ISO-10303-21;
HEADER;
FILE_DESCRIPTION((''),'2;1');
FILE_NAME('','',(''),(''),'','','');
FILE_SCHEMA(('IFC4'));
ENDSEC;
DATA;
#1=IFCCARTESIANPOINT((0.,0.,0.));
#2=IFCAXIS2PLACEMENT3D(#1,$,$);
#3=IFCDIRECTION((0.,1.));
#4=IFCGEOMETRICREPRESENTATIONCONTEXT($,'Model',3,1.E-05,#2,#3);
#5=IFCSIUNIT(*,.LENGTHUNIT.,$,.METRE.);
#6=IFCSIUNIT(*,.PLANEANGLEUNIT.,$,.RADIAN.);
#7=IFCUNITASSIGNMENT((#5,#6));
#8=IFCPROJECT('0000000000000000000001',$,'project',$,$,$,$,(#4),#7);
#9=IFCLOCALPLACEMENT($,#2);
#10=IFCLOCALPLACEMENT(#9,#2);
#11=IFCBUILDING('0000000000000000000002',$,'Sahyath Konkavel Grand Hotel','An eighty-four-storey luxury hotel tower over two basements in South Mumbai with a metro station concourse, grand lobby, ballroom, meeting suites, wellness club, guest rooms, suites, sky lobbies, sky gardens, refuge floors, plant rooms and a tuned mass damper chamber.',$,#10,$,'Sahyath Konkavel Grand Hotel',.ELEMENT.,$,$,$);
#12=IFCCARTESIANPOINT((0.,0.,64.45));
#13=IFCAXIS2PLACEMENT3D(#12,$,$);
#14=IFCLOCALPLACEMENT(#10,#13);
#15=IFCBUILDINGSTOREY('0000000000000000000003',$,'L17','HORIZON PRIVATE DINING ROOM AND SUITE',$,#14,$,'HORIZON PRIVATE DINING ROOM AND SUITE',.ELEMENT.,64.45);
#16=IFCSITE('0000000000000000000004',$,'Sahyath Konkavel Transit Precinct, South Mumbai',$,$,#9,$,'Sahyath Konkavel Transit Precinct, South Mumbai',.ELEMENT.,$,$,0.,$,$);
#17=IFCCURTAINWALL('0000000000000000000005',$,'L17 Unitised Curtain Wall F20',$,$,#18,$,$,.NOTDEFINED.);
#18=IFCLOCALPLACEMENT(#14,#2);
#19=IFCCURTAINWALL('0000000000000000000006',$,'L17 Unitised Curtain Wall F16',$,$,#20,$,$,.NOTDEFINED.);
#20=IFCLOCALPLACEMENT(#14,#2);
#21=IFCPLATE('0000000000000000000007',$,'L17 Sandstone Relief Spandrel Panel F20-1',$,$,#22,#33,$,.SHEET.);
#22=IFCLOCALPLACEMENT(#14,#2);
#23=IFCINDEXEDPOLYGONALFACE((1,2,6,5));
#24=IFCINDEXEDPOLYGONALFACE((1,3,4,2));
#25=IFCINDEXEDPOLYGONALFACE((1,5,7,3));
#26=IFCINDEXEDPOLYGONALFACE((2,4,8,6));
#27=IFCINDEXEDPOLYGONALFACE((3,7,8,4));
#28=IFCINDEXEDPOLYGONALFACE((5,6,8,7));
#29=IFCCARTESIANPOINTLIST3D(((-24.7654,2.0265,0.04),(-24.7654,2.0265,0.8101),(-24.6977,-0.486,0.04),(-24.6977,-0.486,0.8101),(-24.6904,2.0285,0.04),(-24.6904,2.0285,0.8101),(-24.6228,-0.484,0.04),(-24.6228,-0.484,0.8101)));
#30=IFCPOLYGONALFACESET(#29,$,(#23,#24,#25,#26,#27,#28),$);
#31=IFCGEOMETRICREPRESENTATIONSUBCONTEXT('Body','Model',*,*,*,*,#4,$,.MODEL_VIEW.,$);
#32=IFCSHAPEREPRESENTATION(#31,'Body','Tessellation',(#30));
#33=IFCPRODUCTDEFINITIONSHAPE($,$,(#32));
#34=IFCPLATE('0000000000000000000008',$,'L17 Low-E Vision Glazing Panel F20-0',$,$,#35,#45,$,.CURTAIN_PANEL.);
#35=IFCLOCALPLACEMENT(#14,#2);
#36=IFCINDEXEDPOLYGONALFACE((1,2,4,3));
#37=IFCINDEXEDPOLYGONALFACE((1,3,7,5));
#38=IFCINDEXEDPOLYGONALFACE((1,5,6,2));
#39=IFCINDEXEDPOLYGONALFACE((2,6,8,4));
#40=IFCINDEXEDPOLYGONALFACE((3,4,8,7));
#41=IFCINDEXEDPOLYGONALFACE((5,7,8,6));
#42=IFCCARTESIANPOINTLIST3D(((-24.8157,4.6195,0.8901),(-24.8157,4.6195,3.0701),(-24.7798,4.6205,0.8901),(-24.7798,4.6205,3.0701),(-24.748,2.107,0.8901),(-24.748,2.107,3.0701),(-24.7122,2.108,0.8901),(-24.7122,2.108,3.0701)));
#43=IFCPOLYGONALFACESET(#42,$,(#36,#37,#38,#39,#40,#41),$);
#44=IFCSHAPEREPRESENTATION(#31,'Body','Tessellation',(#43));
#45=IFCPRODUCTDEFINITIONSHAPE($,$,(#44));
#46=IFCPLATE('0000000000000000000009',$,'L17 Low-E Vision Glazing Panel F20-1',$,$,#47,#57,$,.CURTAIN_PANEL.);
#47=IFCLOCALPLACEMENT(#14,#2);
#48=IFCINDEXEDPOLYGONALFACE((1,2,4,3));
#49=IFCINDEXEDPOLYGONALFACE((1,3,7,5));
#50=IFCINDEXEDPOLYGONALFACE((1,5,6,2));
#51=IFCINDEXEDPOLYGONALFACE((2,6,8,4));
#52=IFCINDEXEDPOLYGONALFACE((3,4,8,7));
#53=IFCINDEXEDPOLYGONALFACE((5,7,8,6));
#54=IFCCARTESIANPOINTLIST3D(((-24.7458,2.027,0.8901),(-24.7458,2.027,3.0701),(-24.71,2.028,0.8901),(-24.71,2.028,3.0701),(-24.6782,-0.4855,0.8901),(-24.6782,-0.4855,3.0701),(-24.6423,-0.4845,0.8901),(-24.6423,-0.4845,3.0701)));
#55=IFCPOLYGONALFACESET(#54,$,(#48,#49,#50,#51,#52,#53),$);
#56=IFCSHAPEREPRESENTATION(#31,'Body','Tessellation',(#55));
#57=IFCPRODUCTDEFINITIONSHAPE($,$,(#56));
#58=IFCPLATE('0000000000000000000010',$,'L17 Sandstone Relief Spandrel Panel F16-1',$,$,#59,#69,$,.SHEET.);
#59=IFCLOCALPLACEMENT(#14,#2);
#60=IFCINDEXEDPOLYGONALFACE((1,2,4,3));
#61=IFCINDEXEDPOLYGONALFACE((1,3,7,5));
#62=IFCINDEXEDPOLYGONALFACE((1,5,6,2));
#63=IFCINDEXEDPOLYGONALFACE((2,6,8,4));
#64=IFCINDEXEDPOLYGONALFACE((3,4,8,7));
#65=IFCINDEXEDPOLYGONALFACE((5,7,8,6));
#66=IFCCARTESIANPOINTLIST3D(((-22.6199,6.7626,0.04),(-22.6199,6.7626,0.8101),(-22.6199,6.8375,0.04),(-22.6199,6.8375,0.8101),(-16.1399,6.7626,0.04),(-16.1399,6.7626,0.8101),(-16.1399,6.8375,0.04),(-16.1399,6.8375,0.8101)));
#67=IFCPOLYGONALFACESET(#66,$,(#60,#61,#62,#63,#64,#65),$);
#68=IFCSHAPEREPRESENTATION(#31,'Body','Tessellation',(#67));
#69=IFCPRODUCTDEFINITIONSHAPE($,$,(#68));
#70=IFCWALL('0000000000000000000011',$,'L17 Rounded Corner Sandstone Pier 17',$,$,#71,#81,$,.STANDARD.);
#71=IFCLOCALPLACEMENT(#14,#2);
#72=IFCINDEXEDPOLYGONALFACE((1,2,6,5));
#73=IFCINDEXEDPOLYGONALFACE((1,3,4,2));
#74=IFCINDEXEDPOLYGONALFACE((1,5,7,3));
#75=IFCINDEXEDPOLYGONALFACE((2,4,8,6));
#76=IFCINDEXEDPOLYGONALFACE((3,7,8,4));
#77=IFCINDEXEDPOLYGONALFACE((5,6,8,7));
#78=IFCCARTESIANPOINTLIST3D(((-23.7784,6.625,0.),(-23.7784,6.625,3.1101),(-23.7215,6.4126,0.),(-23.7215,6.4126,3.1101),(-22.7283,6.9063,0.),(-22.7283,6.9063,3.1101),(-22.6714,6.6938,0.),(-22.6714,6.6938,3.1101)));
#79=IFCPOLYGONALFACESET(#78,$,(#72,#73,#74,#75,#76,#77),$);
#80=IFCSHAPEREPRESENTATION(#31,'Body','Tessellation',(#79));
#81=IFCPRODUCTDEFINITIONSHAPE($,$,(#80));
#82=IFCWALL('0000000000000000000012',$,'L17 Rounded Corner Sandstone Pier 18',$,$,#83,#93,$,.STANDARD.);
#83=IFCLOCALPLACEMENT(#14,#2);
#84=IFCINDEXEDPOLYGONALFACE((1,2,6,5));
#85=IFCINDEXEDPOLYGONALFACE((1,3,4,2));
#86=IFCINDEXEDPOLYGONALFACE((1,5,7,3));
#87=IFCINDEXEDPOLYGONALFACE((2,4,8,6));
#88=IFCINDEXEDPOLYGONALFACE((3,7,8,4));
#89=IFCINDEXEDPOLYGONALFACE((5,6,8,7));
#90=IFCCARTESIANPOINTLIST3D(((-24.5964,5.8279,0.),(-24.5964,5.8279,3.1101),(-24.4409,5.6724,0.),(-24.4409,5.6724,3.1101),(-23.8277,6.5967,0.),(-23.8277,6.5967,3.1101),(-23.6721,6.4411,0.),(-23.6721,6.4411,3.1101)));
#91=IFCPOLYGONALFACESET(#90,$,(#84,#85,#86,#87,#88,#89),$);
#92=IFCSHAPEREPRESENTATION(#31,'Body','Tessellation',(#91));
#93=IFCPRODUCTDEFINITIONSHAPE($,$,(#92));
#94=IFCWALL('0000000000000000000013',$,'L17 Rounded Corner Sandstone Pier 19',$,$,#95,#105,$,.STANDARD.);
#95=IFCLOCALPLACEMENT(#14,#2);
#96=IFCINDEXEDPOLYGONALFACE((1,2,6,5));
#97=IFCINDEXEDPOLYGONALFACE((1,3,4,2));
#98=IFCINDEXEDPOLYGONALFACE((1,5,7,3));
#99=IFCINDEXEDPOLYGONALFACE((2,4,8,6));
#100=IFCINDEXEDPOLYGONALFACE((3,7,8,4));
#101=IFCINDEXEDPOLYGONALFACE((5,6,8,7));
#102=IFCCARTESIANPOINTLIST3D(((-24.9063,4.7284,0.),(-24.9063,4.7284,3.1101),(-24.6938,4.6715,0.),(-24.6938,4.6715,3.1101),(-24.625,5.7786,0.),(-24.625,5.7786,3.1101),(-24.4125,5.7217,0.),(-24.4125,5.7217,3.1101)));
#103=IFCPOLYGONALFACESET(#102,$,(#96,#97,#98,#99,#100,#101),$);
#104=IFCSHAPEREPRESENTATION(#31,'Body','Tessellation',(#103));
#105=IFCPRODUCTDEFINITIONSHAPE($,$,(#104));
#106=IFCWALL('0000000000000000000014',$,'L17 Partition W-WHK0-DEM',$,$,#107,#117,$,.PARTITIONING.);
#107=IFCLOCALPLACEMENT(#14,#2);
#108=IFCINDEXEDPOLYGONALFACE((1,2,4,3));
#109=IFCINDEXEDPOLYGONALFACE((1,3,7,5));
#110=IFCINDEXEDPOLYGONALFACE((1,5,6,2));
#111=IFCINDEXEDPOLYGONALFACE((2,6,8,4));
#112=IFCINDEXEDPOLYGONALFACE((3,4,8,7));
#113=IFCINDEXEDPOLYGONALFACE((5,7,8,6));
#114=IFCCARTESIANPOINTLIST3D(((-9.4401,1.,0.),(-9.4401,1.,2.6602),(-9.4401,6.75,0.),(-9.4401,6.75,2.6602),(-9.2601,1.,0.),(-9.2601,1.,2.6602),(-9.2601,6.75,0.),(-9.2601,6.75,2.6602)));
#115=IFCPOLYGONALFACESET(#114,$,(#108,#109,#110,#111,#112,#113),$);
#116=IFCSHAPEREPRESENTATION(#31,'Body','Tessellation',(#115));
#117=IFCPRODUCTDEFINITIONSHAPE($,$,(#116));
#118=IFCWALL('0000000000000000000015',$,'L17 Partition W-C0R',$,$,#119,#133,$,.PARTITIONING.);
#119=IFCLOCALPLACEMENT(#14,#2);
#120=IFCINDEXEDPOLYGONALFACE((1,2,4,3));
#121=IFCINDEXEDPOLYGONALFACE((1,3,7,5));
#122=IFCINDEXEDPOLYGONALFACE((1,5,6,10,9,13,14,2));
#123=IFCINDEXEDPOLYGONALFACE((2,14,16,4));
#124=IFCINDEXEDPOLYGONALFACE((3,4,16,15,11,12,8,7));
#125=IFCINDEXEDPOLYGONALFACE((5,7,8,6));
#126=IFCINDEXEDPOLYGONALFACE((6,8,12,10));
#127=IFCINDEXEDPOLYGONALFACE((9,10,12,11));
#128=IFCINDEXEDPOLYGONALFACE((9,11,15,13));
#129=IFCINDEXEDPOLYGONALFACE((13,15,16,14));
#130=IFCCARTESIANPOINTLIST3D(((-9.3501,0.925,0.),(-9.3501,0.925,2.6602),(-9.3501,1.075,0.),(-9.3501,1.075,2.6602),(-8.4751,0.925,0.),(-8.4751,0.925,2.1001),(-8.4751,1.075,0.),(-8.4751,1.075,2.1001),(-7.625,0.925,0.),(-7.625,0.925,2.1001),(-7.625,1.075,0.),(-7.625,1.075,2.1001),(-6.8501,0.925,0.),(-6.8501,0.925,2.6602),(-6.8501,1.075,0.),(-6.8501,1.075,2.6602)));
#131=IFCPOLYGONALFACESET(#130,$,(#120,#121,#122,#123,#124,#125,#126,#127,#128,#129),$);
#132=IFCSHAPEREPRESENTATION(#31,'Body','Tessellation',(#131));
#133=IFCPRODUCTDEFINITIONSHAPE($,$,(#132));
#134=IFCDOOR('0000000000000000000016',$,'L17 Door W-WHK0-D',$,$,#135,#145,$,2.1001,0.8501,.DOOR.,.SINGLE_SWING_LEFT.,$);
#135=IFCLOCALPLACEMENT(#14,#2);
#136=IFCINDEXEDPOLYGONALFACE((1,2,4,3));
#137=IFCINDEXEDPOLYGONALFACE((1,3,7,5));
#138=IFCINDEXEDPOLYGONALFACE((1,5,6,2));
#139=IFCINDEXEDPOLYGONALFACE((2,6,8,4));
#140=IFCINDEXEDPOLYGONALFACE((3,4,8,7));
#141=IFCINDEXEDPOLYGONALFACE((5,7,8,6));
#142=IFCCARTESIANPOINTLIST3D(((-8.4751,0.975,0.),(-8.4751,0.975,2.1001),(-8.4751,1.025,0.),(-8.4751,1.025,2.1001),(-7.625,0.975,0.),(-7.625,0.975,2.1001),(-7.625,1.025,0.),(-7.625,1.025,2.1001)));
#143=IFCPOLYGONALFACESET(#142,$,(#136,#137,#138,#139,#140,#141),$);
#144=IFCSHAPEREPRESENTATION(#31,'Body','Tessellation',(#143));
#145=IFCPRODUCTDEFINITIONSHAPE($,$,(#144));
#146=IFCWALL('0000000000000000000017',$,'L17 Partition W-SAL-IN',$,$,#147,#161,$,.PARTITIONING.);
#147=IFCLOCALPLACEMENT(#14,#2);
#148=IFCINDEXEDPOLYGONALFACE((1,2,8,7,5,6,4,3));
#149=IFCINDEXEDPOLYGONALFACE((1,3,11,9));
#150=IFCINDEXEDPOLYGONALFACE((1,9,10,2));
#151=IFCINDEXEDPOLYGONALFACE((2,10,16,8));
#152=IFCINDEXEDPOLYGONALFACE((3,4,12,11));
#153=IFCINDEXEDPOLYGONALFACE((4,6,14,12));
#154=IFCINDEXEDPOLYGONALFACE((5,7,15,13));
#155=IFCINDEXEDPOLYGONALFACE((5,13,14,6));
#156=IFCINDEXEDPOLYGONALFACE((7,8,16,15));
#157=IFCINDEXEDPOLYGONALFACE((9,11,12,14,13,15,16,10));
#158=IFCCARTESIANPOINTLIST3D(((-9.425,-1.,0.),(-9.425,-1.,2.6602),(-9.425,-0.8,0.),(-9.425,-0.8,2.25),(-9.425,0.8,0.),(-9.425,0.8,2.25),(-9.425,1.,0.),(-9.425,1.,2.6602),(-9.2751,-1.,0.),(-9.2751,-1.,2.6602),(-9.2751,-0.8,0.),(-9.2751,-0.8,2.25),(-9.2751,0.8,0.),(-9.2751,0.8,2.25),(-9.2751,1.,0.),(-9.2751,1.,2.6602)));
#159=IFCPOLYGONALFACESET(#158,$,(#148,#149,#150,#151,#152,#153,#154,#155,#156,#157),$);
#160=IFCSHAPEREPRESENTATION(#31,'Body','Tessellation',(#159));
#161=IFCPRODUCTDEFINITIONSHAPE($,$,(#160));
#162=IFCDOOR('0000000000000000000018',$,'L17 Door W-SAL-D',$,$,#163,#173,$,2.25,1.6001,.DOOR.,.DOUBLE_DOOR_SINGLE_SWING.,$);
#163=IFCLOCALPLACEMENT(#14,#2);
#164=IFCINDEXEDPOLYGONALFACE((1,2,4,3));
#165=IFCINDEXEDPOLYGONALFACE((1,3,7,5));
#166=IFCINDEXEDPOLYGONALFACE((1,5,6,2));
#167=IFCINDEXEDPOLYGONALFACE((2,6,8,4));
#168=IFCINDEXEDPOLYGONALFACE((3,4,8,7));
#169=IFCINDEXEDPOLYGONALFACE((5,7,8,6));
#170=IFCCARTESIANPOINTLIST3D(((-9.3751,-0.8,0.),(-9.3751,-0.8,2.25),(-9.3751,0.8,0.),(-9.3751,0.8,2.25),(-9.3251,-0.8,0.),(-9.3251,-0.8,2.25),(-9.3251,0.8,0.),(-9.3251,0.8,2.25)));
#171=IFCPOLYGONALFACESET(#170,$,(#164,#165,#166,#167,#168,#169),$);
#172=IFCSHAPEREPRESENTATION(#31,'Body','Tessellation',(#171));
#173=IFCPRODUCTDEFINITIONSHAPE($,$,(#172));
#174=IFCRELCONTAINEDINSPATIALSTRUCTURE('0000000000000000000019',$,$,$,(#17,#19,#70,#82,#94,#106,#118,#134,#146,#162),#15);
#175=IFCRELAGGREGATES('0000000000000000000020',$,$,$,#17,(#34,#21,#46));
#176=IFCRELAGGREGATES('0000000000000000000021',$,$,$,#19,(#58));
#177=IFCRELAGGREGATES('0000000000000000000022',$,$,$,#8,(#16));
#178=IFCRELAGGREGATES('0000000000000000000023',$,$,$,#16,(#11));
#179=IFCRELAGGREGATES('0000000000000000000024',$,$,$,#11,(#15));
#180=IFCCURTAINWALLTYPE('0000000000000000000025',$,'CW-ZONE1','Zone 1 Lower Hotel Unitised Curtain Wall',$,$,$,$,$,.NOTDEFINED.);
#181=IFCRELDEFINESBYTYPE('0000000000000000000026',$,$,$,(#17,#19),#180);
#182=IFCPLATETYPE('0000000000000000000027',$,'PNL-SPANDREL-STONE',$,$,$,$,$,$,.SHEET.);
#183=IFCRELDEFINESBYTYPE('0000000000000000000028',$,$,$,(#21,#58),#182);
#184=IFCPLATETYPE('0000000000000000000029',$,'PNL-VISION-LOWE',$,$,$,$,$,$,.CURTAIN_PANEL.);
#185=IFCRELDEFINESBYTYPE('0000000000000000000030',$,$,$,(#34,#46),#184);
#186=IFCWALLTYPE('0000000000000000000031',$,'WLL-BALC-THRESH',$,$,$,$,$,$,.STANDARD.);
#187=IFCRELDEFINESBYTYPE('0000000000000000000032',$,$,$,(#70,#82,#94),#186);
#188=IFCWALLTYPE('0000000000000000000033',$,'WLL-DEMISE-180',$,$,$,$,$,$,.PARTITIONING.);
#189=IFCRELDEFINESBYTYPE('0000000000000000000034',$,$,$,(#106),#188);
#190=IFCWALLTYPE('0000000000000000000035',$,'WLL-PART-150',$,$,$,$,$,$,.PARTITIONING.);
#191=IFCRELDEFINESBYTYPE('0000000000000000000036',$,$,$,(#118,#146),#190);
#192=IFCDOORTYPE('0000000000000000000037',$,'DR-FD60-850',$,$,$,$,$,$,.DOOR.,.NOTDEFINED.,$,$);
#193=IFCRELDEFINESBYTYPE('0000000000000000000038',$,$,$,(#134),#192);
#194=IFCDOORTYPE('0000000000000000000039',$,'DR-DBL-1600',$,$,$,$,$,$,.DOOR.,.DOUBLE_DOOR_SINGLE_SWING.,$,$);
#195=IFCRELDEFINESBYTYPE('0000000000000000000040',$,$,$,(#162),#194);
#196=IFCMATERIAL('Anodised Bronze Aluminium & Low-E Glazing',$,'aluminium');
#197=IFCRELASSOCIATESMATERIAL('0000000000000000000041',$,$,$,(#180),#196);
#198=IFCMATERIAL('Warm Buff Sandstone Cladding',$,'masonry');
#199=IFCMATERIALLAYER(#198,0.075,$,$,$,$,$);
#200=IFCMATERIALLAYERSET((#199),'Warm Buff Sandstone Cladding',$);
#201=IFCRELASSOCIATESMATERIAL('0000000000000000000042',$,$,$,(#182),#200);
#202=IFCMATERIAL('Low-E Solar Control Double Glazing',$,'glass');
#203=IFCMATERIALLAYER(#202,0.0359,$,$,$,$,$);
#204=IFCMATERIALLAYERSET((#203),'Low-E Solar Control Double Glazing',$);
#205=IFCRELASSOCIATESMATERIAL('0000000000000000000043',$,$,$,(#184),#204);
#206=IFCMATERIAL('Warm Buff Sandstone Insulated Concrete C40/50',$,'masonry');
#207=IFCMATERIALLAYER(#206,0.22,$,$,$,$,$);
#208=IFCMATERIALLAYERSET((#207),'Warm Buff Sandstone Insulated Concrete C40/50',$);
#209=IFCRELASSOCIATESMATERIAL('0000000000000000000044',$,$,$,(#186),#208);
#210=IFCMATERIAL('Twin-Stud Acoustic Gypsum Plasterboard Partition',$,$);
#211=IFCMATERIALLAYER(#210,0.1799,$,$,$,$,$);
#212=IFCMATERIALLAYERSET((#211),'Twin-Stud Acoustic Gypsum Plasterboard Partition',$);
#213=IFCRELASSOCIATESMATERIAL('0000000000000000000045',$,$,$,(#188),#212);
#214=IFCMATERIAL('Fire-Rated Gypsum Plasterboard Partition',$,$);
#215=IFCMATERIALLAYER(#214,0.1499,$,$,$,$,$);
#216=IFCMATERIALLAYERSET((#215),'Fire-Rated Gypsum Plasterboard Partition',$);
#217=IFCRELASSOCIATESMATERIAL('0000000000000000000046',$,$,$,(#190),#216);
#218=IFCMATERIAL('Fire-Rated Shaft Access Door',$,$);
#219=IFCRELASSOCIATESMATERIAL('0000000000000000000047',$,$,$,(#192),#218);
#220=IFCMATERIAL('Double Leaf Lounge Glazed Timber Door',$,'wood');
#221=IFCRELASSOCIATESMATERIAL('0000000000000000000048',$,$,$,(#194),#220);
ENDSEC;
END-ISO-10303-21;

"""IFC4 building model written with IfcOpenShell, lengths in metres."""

from ifc_helpers import new_model, si_unit, direction, frame, frame_2d, origin, origin_2d, place, context, subcontext, project, spatial, rectangle, extrude, source, transform, mapped, material, layer, layer_set, type_object, element, fill, aggregate, save


model = new_model("IFC4")

# Units and contexts
model_context = context("Model", 3, precision=1e-05, world=origin(), true_north=direction((0.0, 1.0)))
body_context = subcontext(model_context, "Body", "Model", "MODEL_VIEW")
ifc_project = project(units=[si_unit("LENGTHUNIT", "METRE"), si_unit("PLANEANGLEUNIT", "RADIAN")], contexts=[model_context])

# Site, building, storey
site_placement = place(None, origin())
site = spatial("IfcSite", under=ifc_project, at=site_placement, Name="Sahyath Konkavel Transit Precinct, South Mumbai", LongName="Sahyath Konkavel Transit Precinct, South Mumbai", CompositionType="ELEMENT", RefElevation=0.0)
building_placement = place(site_placement, origin())
building = spatial("IfcBuilding", under=site, at=building_placement, Name="Sahyath Konkavel Grand Hotel", Description="An eighty-four-storey luxury hotel tower over two basements in South Mumbai with a metro station concourse, grand lobby, ballroom, meeting suites, wellness club, guest rooms, suites, sky lobbies, sky gardens, refuge floors, plant rooms and a tuned mass damper chamber.", LongName="Sahyath Konkavel Grand Hotel", CompositionType="ELEMENT")
storey_placement = place(building_placement, frame((0.0, 0.0, 64.45)))
storey = spatial("IfcBuildingStorey", under=building, at=storey_placement, Name="L17", Description="HORIZON PRIVATE DINING ROOM AND SUITE", LongName="HORIZON PRIVATE DINING ROOM AND SUITE", CompositionType="ELEMENT", Elevation=64.45)

# Curtain wall
ifc_material_1 = material(Name="Anodised Bronze Aluminium & Low-E Glazing", Category="aluminium")
curtain_wall_type = type_object("IfcCurtainWallType", Name="CW-ZONE1", Description="Zone 1 Lower Hotel Unitised Curtain Wall", PredefinedType="NOTDEFINED", material=ifc_material_1)
curtain_wall_1_placement = place(storey_placement, origin())
curtain_wall_1 = element("IfcCurtainWall", 1, at=curtain_wall_1_placement, inside=storey, type_object=curtain_wall_type, Name="L17 Unitised Curtain Wall F20", PredefinedType="NOTDEFINED")

# Curtain wall
curtain_wall_2_placement = place(storey_placement, origin())
curtain_wall_2 = element("IfcCurtainWall", 2, at=curtain_wall_2_placement, inside=storey, type_object=curtain_wall_type, Name="L17 Unitised Curtain Wall F16", PredefinedType="NOTDEFINED")

# Plates
ifc_material_2 = material(Name="Warm Buff Sandstone Cladding", Category="masonry")
ifc_layer_1 = layer(ifc_material_2, 0.075)
ifc_layer_set_1 = layer_set([ifc_layer_1], Name="Warm Buff Sandstone Cladding")
plate_type_1 = type_object("IfcPlateType", Name="PNL-SPANDREL-STONE", PredefinedType="SHEET", material=ifc_layer_set_1)
shared_shape_1 = source(origin(), body_context, "Body", "SweptSolid", [
    extrude(rectangle(XDim=2.5134, YDim=0.075, at=origin_2d()), origin(), (0.0, 0.0, 1.0), 0.77),
])
plate_1_placement = place(storey_placement, frame((-24.6941, 0.7712, 0.04), z_axis=(0.0, 0.0, 1.0), x_axis=(0.02691, -0.999638, 0.0)))
plate_1 = element("IfcPlate", 3, at=plate_1_placement, type_object=plate_type_1, Name="L17 Sandstone Relief Spandrel Panel F20-1", PredefinedType="SHEET", context=body_context, shape_type="MappedRepresentation", body=[
    mapped(shared_shape_1, transform((0.0, 0.0, 0.0), scale=1.0)),
])
ifc_material_3 = material(Name="Low-E Solar Control Double Glazing", Category="glass")
ifc_layer_2 = layer(ifc_material_3, 0.0359)
ifc_layer_set_2 = layer_set([ifc_layer_2], Name="Low-E Solar Control Double Glazing")
plate_type_2 = type_object("IfcPlateType", Name="PNL-VISION-LOWE", PredefinedType="CURTAIN_PANEL", material=ifc_layer_set_2)
shared_shape_2 = source(origin(), body_context, "Body", "SweptSolid", [
    extrude(rectangle(XDim=2.5134, YDim=0.0359, at=origin_2d()), origin(), (0.0, 0.0, 1.0), 2.1799),
])
plate_2_placement = place(storey_placement, frame((-24.7639, 3.3638, 0.8901), z_axis=(0.0, 0.0, 1.0), x_axis=(0.02691, -0.999638, 0.0)))
plate_2 = element("IfcPlate", 4, at=plate_2_placement, type_object=plate_type_2, Name="L17 Low-E Vision Glazing Panel F20-0", PredefinedType="CURTAIN_PANEL", context=body_context, shape_type="MappedRepresentation", body=[
    mapped(shared_shape_2, transform((0.0, 0.0, 0.0), scale=1.0)),
])
plate_3_placement = place(storey_placement, frame((-24.6941, 0.7712, 0.8901), z_axis=(0.0, 0.0, 1.0), x_axis=(0.02691, -0.999638, 0.0)))
plate_3 = element("IfcPlate", 5, at=plate_3_placement, type_object=plate_type_2, Name="L17 Low-E Vision Glazing Panel F20-1", PredefinedType="CURTAIN_PANEL", context=body_context, shape_type="MappedRepresentation", body=[
    mapped(shared_shape_2, transform((0.0, 0.0, 0.0), scale=1.0)),
])
aggregate(curtain_wall_1, [plate_2, plate_1, plate_3])
shared_shape_3 = source(origin(), body_context, "Body", "SweptSolid", [
    extrude(rectangle(XDim=6.48, YDim=0.075, at=origin_2d()), origin(), (0.0, 0.0, 1.0), 0.77),
])
plate_4_placement = place(storey_placement, frame((-19.3799, 6.8, 0.04), z_axis=(0.0, 0.0, 1.0), x_axis=(-1.0, 0.0, 0.0)))
plate_4 = element("IfcPlate", 6, at=plate_4_placement, type_object=plate_type_1, Name="L17 Sandstone Relief Spandrel Panel F16-1", PredefinedType="SHEET", context=body_context, shape_type="MappedRepresentation", body=[
    mapped(shared_shape_3, transform((0.0, 0.0, 0.0), scale=1.0)),
])
aggregate(curtain_wall_2, [plate_4])

# Walls
ifc_material_4 = material(Name="Warm Buff Sandstone Insulated Concrete C40/50", Category="masonry")
ifc_layer_3 = layer(ifc_material_4, 0.22)
ifc_layer_set_3 = layer_set([ifc_layer_3], Name="Warm Buff Sandstone Insulated Concrete C40/50")
wall_type_1 = type_object("IfcWallType", Name="WLL-BALC-THRESH", PredefinedType="STANDARD", material=ifc_layer_set_3)
for number, where, z_axis, x_axis, name in (
    (7, (-22.7, 6.8, 0.0), (0.0, 0.0, 1.0), (-0.965951, -0.258725, 0.0), "L17 Rounded Corner Sandstone Pier 17"),
    (8, (-23.75, 6.5188, 0.0), (0.0, 0.0, 1.0), (-0.707107, -0.707107, 0.0), "L17 Rounded Corner Sandstone Pier 18"),
    (9, (-24.5188, 5.75, 0.0), (0.0, 0.0, 1.0), (-0.258725, -0.965951, 0.0), "L17 Rounded Corner Sandstone Pier 19"),
):
    element("IfcWall", number, at=place(storey_placement, frame(where, z_axis=z_axis, x_axis=x_axis)), inside=storey, type_object=wall_type_1, Name=name, PredefinedType="STANDARD", context=body_context, shape_type="SweptSolid", body=[
        extrude(rectangle(XDim=1.0872, YDim=0.22, at=frame_2d((0.5435, 0.0))), origin(), (0.0, 0.0, 1.0), 3.1101),
    ])
ifc_material_5 = material(Name="Twin-Stud Acoustic Gypsum Plasterboard Partition")
ifc_layer_4 = layer(ifc_material_5, 0.1799)
ifc_layer_set_4 = layer_set([ifc_layer_4], Name="Twin-Stud Acoustic Gypsum Plasterboard Partition")
wall_type_2 = type_object("IfcWallType", Name="WLL-DEMISE-180", PredefinedType="PARTITIONING", material=ifc_layer_set_4)
wall_1_placement = place(storey_placement, frame((-9.3501, 1.0, 0.0), z_axis=(0.0, 0.0, 1.0), x_axis=(0.0, 1.0, 0.0)))
element("IfcWall", 10, at=wall_1_placement, inside=storey, type_object=wall_type_2, Name="L17 Partition W-WHK0-DEM", PredefinedType="PARTITIONING", context=body_context, shape_type="SweptSolid", body=[
    extrude(rectangle(XDim=5.75, YDim=0.1799, at=frame_2d((2.875, 0.0))), origin(), (0.0, 0.0, 1.0), 2.6602),
])

# Walls, openings, doors
ifc_material_6 = material(Name="Fire-Rated Gypsum Plasterboard Partition")
ifc_layer_5 = layer(ifc_material_6, 0.1499)
ifc_layer_set_5 = layer_set([ifc_layer_5], Name="Fire-Rated Gypsum Plasterboard Partition")
wall_type_3 = type_object("IfcWallType", Name="WLL-PART-150", PredefinedType="PARTITIONING", material=ifc_layer_set_5)
wall_2_placement = place(storey_placement, frame((-6.8501, 1.0, 0.0), z_axis=(0.0, 0.0, 1.0), x_axis=(-1.0, 0.0, 0.0)))
wall_2 = element("IfcWall", 11, at=wall_2_placement, inside=storey, type_object=wall_type_3, Name="L17 Partition W-C0R", PredefinedType="PARTITIONING", context=body_context, shape_type="SweptSolid", body=[
    extrude(rectangle(XDim=2.5, YDim=0.1499, at=frame_2d((1.25, 0.0))), origin(), (0.0, 0.0, 1.0), 2.6602),
])
opening_1_placement = place(wall_2_placement, frame((0.7749, 0.0, 0.0)))
opening_1 = element("IfcOpeningElement", 12, at=opening_1_placement, cuts=wall_2, PredefinedType="OPENING", context=body_context, shape_type="SweptSolid", body=[
    extrude(rectangle(XDim=0.8501, YDim=2.1001, at=frame_2d((0.425, 1.05))), frame((0.0, 0.085, 0.0), z_axis=(0.0, -1.0, 0.0), x_axis=(1.0, 0.0, 0.0)), (0.0, 0.0, 1.0), 0.1699),
])
ifc_material_7 = material(Name="Fire-Rated Shaft Access Door")
door_type_1 = type_object("IfcDoorType", Name="DR-FD60-850", OperationType="NOTDEFINED", PredefinedType="DOOR", material=ifc_material_7)
shared_shape_4 = source(origin(), body_context, "Body", "SweptSolid", [
    extrude(rectangle(XDim=0.8501, YDim=0.05, at=origin_2d()), origin(), (0.0, 0.0, 1.0), 2.1001),
])
door_1_placement = place(opening_1_placement, frame((0.425, 0.0, 0.0)))
door_1 = element("IfcDoor", 13, at=door_1_placement, inside=storey, type_object=door_type_1, Name="L17 Door W-WHK0-D", OperationType="SINGLE_SWING_LEFT", OverallHeight=2.1001, OverallWidth=0.8501, PredefinedType="DOOR", context=body_context, shape_type="MappedRepresentation", body=[
    mapped(shared_shape_4, transform((0.0, 0.0, 0.0), scale=1.0)),
])
fill(opening_1, door_1)
wall_3_placement = place(storey_placement, frame((-9.3501, 1.0, 0.0), z_axis=(0.0, 0.0, 1.0), x_axis=(0.0, -1.0, 0.0)))
wall_3 = element("IfcWall", 14, at=wall_3_placement, inside=storey, type_object=wall_type_3, Name="L17 Partition W-SAL-IN", PredefinedType="PARTITIONING", context=body_context, shape_type="SweptSolid", body=[
    extrude(rectangle(XDim=2.0, YDim=0.1499, at=frame_2d((1.0, 0.0))), origin(), (0.0, 0.0, 1.0), 2.6602),
])
opening_2_placement = place(wall_3_placement, frame((0.2, 0.0, 0.0)))
opening_2 = element("IfcOpeningElement", 15, at=opening_2_placement, cuts=wall_3, PredefinedType="OPENING", context=body_context, shape_type="SweptSolid", body=[
    extrude(rectangle(XDim=1.6001, YDim=2.25, at=frame_2d((0.8, 1.125))), frame((0.0, 0.085, 0.0), z_axis=(0.0, -1.0, 0.0), x_axis=(1.0, 0.0, 0.0)), (0.0, 0.0, 1.0), 0.1699),
])
ifc_material_8 = material(Name="Double Leaf Lounge Glazed Timber Door", Category="wood")
door_type_2 = type_object("IfcDoorType", Name="DR-DBL-1600", OperationType="DOUBLE_DOOR_SINGLE_SWING", PredefinedType="DOOR", material=ifc_material_8)
shared_shape_5 = source(origin(), body_context, "Body", "SweptSolid", [
    extrude(rectangle(XDim=1.6001, YDim=0.05, at=origin_2d()), origin(), (0.0, 0.0, 1.0), 2.25),
])
door_2_placement = place(opening_2_placement, frame((0.8, 0.0, 0.0)))
door_2 = element("IfcDoor", 16, at=door_2_placement, inside=storey, type_object=door_type_2, Name="L17 Door W-SAL-D", OperationType="DOUBLE_DOOR_SINGLE_SWING", OverallHeight=2.25, OverallWidth=1.6001, PredefinedType="DOOR", context=body_context, shape_type="MappedRepresentation", body=[
    mapped(shared_shape_5, transform((0.0, 0.0, 0.0), scale=1.0)),
])
fill(opening_2, door_2)

save(model, "model.ifc")
